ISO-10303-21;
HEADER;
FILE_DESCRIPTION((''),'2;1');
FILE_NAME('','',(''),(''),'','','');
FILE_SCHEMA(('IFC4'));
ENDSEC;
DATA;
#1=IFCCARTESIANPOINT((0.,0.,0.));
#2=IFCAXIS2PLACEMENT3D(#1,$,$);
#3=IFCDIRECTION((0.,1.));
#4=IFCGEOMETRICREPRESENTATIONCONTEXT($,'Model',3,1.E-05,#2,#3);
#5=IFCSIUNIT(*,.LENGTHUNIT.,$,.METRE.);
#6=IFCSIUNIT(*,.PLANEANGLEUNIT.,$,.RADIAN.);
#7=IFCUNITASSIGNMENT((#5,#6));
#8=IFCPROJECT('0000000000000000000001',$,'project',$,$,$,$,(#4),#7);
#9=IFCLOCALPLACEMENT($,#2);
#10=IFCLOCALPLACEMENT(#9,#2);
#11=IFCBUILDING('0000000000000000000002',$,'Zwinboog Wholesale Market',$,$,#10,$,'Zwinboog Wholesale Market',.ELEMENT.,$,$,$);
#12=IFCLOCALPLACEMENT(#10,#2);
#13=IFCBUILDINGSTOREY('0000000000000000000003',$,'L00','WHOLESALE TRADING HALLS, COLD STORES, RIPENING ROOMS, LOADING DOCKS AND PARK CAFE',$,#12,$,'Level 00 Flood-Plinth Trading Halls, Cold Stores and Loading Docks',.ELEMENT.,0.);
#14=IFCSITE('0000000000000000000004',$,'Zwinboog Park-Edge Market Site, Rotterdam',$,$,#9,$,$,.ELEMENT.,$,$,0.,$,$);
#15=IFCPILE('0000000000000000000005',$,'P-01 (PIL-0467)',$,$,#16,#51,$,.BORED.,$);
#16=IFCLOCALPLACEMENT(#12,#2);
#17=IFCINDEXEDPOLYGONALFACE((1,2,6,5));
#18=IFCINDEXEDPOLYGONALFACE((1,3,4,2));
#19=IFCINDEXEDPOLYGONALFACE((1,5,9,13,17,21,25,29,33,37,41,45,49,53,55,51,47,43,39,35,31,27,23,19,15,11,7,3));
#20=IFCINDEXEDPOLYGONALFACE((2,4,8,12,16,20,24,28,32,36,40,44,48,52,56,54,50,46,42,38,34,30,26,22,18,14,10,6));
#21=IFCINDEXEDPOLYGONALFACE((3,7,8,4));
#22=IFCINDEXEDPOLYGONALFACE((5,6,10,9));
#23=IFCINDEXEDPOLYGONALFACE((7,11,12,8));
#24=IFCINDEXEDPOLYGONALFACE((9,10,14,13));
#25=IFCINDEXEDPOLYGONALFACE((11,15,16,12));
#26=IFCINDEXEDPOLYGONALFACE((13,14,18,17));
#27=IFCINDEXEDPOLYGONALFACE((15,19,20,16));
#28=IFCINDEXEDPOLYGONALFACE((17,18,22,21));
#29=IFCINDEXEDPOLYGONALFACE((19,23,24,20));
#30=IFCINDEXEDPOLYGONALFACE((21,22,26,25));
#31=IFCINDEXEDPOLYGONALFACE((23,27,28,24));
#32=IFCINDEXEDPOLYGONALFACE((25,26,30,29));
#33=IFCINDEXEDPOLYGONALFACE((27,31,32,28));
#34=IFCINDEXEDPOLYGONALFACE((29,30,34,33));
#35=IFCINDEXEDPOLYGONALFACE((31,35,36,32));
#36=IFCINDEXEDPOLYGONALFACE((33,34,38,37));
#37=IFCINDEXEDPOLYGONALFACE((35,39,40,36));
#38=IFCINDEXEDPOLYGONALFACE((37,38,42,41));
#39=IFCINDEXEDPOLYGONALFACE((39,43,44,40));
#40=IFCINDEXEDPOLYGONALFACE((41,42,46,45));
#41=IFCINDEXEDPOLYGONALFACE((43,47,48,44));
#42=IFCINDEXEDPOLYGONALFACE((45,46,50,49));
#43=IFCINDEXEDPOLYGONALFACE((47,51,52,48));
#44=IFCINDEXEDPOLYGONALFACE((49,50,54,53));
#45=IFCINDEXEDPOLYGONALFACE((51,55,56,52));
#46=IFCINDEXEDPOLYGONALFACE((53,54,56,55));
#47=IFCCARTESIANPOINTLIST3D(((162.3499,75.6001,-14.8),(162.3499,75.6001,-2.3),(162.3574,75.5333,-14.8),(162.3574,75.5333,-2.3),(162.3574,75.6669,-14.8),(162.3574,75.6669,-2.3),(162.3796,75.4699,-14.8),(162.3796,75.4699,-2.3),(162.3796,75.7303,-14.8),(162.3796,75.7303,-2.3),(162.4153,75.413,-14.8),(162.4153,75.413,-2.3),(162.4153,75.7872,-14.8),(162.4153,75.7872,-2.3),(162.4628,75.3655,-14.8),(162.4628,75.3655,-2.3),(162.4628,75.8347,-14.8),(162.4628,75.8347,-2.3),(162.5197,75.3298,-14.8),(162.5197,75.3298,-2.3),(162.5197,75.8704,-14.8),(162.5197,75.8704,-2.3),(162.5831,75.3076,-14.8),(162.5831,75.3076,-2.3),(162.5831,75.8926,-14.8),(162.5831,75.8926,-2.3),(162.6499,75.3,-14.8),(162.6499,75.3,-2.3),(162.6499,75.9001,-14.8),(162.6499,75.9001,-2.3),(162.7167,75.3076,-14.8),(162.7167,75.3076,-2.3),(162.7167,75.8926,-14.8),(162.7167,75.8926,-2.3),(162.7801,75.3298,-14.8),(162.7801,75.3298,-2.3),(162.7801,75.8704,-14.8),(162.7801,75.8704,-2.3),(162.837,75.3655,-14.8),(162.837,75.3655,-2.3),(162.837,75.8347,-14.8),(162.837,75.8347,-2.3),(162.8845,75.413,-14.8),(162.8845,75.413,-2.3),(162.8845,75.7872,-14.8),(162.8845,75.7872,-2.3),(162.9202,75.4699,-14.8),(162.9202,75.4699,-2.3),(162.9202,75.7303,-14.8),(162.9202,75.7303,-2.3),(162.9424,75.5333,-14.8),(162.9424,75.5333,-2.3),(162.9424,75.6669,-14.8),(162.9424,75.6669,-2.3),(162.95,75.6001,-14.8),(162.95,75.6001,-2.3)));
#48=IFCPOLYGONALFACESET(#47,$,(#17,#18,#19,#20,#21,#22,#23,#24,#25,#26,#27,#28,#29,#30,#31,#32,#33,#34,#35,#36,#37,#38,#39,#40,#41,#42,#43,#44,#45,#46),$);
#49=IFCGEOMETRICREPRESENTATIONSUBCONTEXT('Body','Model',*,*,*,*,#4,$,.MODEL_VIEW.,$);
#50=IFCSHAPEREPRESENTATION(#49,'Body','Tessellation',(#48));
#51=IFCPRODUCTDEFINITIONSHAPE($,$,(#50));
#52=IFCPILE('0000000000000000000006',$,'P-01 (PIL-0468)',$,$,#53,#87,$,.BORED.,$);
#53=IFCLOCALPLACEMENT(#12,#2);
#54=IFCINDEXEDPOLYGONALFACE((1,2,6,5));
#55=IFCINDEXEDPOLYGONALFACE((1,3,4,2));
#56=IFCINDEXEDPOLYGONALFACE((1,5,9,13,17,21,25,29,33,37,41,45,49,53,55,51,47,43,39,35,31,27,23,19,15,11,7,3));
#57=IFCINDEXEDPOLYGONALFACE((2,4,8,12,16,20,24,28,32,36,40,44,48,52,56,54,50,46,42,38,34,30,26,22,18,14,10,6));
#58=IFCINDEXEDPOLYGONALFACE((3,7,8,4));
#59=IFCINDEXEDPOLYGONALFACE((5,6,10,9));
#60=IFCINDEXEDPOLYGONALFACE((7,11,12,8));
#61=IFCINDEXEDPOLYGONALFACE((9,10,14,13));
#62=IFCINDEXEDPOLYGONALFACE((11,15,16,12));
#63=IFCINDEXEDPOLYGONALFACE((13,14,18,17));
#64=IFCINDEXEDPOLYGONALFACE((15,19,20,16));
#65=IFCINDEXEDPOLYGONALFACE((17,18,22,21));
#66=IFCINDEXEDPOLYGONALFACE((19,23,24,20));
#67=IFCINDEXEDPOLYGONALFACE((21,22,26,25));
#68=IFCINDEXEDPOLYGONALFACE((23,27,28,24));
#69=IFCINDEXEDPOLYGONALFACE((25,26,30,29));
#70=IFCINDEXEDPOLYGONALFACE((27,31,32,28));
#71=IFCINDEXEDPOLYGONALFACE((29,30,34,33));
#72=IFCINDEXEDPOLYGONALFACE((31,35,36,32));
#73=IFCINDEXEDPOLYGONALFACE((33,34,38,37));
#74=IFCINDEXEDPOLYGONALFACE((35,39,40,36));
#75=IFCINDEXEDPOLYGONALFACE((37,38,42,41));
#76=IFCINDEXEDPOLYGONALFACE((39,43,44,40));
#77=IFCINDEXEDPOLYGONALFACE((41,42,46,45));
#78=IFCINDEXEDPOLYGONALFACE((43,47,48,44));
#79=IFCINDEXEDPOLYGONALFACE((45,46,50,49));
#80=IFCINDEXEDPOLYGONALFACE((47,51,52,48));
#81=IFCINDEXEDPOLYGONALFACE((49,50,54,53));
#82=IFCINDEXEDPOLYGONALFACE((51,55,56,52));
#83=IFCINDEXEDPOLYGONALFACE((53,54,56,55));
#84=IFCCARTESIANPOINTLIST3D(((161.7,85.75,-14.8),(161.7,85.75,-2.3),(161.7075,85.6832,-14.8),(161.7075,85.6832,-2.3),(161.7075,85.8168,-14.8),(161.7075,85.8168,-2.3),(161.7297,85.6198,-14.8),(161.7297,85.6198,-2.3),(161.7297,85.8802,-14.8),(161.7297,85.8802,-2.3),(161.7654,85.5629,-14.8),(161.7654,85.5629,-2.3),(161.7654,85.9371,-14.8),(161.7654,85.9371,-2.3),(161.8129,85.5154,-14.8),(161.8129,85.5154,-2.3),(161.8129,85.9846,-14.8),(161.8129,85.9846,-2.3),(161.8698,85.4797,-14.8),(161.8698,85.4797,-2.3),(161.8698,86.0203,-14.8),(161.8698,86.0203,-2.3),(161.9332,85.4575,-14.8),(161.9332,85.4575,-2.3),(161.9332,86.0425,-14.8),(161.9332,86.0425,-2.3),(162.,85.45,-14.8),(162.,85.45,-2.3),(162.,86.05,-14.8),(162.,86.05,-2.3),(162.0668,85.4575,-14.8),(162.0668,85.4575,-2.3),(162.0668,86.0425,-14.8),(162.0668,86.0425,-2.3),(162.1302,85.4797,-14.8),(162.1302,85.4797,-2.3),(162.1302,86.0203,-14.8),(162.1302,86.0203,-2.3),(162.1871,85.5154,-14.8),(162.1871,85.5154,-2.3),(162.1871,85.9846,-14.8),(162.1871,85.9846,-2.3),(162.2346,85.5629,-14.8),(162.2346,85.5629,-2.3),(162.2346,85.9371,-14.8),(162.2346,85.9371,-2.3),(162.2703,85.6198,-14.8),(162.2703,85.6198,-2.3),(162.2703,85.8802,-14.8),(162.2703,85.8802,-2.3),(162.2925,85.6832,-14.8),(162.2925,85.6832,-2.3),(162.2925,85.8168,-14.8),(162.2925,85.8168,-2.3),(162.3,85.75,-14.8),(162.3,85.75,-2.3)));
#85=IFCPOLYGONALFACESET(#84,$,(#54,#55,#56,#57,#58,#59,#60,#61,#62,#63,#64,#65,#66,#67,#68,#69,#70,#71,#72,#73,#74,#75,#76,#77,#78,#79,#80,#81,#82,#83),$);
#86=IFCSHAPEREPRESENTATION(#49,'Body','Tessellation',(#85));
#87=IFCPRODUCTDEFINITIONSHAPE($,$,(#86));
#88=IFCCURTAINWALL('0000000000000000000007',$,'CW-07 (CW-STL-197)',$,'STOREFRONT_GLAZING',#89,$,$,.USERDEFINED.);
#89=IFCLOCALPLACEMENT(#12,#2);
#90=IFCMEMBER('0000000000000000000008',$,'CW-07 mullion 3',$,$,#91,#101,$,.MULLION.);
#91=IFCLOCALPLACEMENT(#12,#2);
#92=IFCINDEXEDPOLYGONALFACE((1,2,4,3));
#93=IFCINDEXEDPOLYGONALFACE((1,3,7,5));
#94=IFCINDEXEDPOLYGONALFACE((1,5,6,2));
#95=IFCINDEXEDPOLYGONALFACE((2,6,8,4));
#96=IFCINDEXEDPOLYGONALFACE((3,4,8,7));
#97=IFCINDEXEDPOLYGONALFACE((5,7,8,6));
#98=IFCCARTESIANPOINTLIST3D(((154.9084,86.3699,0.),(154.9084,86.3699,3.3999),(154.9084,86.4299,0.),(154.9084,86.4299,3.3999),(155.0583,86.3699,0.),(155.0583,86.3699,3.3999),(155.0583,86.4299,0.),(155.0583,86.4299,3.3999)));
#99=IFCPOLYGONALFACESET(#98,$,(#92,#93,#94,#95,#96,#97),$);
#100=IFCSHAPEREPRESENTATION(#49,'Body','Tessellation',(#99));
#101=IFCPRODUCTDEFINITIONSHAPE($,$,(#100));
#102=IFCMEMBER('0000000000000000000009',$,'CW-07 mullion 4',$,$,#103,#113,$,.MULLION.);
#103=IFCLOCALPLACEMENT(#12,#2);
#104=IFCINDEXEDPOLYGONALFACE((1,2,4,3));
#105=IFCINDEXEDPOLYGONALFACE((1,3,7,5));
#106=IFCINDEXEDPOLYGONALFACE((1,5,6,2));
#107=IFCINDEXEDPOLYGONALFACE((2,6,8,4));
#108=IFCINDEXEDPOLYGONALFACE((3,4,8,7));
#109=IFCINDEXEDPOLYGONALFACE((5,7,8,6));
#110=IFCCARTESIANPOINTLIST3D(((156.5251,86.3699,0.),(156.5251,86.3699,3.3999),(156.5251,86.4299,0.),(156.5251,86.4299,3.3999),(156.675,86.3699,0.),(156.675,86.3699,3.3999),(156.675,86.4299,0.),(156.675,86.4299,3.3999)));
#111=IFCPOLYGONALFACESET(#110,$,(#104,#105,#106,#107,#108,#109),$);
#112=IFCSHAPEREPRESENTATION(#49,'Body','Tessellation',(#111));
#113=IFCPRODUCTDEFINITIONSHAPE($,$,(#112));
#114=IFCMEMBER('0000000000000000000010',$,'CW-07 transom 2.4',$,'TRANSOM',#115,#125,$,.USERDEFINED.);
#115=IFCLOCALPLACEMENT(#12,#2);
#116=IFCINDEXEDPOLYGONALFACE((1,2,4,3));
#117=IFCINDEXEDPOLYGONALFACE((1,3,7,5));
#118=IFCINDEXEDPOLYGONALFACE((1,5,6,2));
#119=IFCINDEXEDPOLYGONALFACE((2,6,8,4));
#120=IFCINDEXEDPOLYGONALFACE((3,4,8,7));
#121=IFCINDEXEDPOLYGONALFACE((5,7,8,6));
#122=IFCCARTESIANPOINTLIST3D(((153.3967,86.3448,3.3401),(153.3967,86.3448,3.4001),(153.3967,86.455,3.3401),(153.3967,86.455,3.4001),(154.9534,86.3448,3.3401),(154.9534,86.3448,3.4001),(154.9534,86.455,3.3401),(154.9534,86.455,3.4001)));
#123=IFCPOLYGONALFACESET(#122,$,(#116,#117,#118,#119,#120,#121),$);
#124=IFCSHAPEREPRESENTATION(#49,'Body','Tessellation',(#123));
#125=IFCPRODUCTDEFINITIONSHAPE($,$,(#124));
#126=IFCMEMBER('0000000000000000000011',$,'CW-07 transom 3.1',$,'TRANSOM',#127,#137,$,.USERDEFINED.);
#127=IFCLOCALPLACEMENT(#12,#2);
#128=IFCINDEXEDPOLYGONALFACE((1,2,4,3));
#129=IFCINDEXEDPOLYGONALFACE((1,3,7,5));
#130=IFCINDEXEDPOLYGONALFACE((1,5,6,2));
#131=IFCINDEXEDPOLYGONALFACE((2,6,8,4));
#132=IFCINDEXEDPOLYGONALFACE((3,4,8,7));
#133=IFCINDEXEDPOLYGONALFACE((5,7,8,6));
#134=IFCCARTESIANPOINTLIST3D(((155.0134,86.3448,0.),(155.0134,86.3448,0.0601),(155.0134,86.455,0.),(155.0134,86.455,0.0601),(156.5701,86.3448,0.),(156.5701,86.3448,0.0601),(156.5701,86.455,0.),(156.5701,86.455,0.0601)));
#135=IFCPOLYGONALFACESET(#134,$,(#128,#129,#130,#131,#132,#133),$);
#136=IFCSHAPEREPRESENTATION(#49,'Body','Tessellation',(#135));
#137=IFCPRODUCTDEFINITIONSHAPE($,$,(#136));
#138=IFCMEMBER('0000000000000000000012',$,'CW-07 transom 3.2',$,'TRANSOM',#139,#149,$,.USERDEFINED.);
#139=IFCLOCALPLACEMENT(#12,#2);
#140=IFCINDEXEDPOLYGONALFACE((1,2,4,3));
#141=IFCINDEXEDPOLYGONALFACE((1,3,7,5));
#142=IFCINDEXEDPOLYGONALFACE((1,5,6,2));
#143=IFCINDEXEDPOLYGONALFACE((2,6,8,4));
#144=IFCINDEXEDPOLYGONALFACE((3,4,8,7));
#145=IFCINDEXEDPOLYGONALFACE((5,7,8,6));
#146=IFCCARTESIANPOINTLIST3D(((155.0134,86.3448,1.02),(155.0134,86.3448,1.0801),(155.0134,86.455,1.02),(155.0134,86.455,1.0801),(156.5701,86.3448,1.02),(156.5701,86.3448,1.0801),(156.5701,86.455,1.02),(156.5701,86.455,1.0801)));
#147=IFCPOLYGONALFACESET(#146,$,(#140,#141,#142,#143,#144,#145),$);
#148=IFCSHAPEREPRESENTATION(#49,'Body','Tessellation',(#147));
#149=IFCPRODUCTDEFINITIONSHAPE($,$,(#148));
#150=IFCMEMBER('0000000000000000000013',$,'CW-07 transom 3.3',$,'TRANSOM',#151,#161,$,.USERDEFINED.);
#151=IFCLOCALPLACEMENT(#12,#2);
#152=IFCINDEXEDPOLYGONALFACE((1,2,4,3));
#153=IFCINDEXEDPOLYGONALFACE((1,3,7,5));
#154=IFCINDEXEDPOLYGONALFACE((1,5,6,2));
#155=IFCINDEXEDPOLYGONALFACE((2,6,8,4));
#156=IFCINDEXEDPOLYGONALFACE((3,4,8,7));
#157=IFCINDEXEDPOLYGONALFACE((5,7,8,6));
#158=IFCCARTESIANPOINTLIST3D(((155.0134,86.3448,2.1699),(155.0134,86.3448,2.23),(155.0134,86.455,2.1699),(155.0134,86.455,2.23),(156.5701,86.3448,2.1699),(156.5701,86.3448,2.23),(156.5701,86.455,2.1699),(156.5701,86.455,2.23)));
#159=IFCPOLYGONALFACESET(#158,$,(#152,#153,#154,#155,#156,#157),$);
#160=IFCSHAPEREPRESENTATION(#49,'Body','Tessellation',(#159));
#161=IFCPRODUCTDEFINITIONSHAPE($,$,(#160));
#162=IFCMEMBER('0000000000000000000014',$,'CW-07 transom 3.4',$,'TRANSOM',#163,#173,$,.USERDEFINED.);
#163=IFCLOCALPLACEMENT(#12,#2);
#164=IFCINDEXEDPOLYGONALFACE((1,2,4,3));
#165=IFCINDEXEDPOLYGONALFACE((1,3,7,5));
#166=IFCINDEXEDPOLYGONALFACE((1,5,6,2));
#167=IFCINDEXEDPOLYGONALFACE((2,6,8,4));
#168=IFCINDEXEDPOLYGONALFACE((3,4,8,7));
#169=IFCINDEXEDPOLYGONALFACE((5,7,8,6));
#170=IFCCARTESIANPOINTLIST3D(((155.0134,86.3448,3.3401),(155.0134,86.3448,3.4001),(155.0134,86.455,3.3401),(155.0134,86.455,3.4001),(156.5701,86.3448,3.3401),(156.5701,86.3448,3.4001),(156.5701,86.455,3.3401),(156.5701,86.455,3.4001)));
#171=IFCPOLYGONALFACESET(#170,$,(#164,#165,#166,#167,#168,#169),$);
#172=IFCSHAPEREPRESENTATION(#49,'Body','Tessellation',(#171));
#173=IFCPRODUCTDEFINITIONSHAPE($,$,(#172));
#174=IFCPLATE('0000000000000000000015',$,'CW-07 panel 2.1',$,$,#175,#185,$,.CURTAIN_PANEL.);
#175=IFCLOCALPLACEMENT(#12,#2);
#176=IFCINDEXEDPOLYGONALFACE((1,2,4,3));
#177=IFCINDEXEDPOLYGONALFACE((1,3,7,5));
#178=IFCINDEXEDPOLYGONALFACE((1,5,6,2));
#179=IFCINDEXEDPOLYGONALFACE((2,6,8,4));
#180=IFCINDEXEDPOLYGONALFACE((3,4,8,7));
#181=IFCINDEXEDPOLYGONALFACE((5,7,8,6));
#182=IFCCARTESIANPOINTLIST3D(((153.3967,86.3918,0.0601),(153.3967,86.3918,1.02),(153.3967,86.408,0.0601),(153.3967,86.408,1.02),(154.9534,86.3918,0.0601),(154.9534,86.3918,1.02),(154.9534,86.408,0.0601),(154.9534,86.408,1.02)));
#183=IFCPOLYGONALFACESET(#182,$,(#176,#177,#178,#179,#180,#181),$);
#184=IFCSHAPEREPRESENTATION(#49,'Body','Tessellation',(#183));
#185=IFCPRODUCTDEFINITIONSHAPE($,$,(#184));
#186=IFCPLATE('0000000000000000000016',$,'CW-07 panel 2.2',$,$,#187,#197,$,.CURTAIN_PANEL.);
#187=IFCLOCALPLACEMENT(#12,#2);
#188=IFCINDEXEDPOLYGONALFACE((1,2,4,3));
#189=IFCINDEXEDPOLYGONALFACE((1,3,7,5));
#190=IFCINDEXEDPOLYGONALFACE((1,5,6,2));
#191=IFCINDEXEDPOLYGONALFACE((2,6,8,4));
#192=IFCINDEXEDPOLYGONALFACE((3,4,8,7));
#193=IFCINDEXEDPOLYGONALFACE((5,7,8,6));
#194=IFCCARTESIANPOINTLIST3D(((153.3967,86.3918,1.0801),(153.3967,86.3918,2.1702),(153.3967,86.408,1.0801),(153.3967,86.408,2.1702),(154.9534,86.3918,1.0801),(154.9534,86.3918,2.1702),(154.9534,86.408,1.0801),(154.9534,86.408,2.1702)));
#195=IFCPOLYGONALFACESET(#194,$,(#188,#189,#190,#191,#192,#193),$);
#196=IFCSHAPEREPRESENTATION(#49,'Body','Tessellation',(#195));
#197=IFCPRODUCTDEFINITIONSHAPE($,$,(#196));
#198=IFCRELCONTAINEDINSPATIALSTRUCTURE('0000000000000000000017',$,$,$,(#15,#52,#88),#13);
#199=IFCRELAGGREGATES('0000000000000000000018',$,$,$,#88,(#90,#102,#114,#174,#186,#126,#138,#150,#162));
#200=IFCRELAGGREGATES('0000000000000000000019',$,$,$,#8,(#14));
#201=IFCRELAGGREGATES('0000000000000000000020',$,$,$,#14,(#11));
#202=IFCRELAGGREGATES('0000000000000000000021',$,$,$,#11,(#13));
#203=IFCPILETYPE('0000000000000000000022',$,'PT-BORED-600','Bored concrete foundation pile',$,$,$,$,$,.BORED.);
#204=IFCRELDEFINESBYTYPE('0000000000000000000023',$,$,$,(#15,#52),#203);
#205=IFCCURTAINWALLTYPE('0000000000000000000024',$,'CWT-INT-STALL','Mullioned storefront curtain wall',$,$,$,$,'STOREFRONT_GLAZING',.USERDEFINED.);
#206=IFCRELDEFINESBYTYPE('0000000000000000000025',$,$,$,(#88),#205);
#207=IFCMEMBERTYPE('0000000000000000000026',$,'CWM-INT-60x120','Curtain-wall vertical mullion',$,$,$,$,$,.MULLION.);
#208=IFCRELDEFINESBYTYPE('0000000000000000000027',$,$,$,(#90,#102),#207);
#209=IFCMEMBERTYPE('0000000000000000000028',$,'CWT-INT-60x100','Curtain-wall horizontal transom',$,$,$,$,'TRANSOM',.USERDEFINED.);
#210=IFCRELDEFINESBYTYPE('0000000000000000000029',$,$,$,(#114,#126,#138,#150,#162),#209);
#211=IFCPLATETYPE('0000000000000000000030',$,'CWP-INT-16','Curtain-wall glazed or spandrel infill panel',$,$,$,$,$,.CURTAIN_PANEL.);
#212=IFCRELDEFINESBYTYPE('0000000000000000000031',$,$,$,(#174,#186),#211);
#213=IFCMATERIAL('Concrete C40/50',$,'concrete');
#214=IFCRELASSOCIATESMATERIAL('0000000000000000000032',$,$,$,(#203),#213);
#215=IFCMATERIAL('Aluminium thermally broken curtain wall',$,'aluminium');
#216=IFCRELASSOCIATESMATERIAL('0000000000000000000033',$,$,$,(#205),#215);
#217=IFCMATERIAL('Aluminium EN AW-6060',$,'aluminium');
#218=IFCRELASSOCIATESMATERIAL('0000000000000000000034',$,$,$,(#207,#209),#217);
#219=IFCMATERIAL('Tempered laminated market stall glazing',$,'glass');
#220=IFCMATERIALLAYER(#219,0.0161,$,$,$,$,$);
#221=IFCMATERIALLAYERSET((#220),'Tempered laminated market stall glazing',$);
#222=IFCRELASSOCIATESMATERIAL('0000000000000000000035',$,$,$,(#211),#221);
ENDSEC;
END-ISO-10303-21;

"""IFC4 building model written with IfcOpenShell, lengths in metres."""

from ifc_helpers import new_model, si_unit, direction, frame, origin, origin_2d, place, context, subcontext, project, spatial, rectangle, circle, extrude, material, layer, layer_set, material_profile, profile_set, type_object, element, aggregate, save


model = new_model("IFC4")

# Units and contexts
model_context = context("Model", 3, precision=1e-05, world=origin(), true_north=direction((0.0, 1.0)))
body_context = subcontext(model_context, "Body", "Model", "MODEL_VIEW")
ifc_project = project(units=[si_unit("LENGTHUNIT", "METRE"), si_unit("PLANEANGLEUNIT", "RADIAN")], contexts=[model_context])

# Site, building, storey
site_placement = place(None, origin())
site = spatial("IfcSite", under=ifc_project, at=site_placement, Name="Zwinboog Park-Edge Market Site, Rotterdam", CompositionType="ELEMENT", RefElevation=0.0)
building_placement = place(site_placement, origin())
building = spatial("IfcBuilding", under=site, at=building_placement, Name="Zwinboog Wholesale Market", LongName="Zwinboog Wholesale Market", CompositionType="ELEMENT")
storey_placement = place(building_placement, origin())
storey = spatial("IfcBuildingStorey", under=building, at=storey_placement, Name="L00", Description="WHOLESALE TRADING HALLS, COLD STORES, RIPENING ROOMS, LOADING DOCKS AND PARK CAFE", LongName="Level 00 Flood-Plinth Trading Halls, Cold Stores and Loading Docks", CompositionType="ELEMENT", Elevation=0.0)

# Piles
ifc_material_1 = material(Name="Concrete C40/50", Category="concrete")
ifc_material_profile_1 = material_profile(ifc_material_1, circle(Radius=0.3, at=origin_2d()), Name="PILE D600")
ifc_profile_set_1 = profile_set([ifc_material_profile_1], Name="Concrete C40/50")
pile_type = type_object("IfcPileType", Name="PT-BORED-600", Description="Bored concrete foundation pile", PredefinedType="BORED", material=ifc_profile_set_1)
for number, where, z_axis, x_axis, name in (
    (1, (162.6499, 75.6001, -2.3), (0.0, 0.0, -1.0), (1.0, 0.0, 0.0), "P-01 (PIL-0467)"),
    (2, (162.0, 85.75, -2.3), (0.0, 0.0, -1.0), (1.0, 0.0, 0.0), "P-01 (PIL-0468)"),
):
    element("IfcPile", number, at=place(storey_placement, frame(where, z_axis=z_axis, x_axis=x_axis)), inside=storey, type_object=pile_type, Name=name, PredefinedType="BORED", context=body_context, shape_type="SweptSolid", body=[
        extrude(circle(Radius=0.3, at=origin_2d()), origin(), (0.0, 0.0, 1.0), 12.5),
    ])

# Curtain wall, members, plates
ifc_material_2 = material(Name="Aluminium thermally broken curtain wall", Category="aluminium")
curtain_wall_type = type_object("IfcCurtainWallType", Name="CWT-INT-STALL", Description="Mullioned storefront curtain wall", ElementType="STOREFRONT_GLAZING", PredefinedType="USERDEFINED", material=ifc_material_2)
curtain_wall_placement = place(storey_placement, origin())
curtain_wall = element("IfcCurtainWall", 3, at=curtain_wall_placement, inside=storey, type_object=curtain_wall_type, Name="CW-07 (CW-STL-197)", ObjectType="STOREFRONT_GLAZING", PredefinedType="USERDEFINED")
ifc_material_3 = material(Name="Aluminium EN AW-6060", Category="aluminium")
ifc_material_profile_2 = material_profile(ifc_material_3, rectangle(XDim=0.0601, YDim=0.1499, at=origin_2d()), Name="AL 60x150")
ifc_profile_set_2 = profile_set([ifc_material_profile_2], Name="Aluminium EN AW-6060")
member_type_1 = type_object("IfcMemberType", Name="CWM-INT-60x120", Description="Curtain-wall vertical mullion", PredefinedType="MULLION", material=ifc_profile_set_2)
member_1_placement = place(storey_placement, frame((154.9834, 86.3999, 0.0), z_axis=(0.0, 0.0, 1.0), x_axis=(0.0, 1.0, 0.0)))
member_1 = element("IfcMember", 4, at=member_1_placement, type_object=member_type_1, Name="CW-07 mullion 3", PredefinedType="MULLION", context=body_context, shape_type="SweptSolid", body=[
    extrude(rectangle(XDim=0.0601, YDim=0.1499, at=origin_2d()), origin(), (0.0, 0.0, 1.0), 3.3999),
])
member_2_placement = place(storey_placement, frame((156.6001, 86.3999, 0.0), z_axis=(0.0, 0.0, 1.0), x_axis=(0.0, 1.0, 0.0)))
member_2 = element("IfcMember", 5, at=member_2_placement, type_object=member_type_1, Name="CW-07 mullion 4", PredefinedType="MULLION", context=body_context, shape_type="SweptSolid", body=[
    extrude(rectangle(XDim=0.0601, YDim=0.1499, at=origin_2d()), origin(), (0.0, 0.0, 1.0), 3.3999),
])
ifc_material_profile_3 = material_profile(ifc_material_3, rectangle(XDim=0.1101, YDim=0.0601, at=origin_2d()), Name="AL 60x110")
ifc_profile_set_3 = profile_set([ifc_material_profile_3], Name="Aluminium EN AW-6060")
member_type_2 = type_object("IfcMemberType", Name="CWT-INT-60x100", Description="Curtain-wall horizontal transom", ElementType="TRANSOM", PredefinedType="USERDEFINED", material=ifc_profile_set_3)
member_3_placement = place(storey_placement, frame((153.3967, 86.3999, 3.3701), z_axis=(1.0, 0.0, 0.0), x_axis=(0.0, 1.0, 0.0)))
member_3 = element("IfcMember", 6, at=member_3_placement, type_object=member_type_2, Name="CW-07 transom 2.4", ObjectType="TRANSOM", PredefinedType="USERDEFINED", context=body_context, shape_type="SweptSolid", body=[
    extrude(rectangle(XDim=0.1101, YDim=0.0601, at=origin_2d()), origin(), (0.0, 0.0, 1.0), 1.5566),
])
member_4_placement = place(storey_placement, frame((155.0134, 86.3999, 0.03), z_axis=(1.0, 0.0, 0.0), x_axis=(0.0, 1.0, 0.0)))
member_4 = element("IfcMember", 7, at=member_4_placement, type_object=member_type_2, Name="CW-07 transom 3.1", ObjectType="TRANSOM", PredefinedType="USERDEFINED", context=body_context, shape_type="SweptSolid", body=[
    extrude(rectangle(XDim=0.1101, YDim=0.0601, at=origin_2d()), origin(), (0.0, 0.0, 1.0), 1.5566),
])
member_5_placement = place(storey_placement, frame((155.0134, 86.3999, 1.05), z_axis=(1.0, 0.0, 0.0), x_axis=(0.0, 1.0, 0.0)))
member_5 = element("IfcMember", 8, at=member_5_placement, type_object=member_type_2, Name="CW-07 transom 3.2", ObjectType="TRANSOM", PredefinedType="USERDEFINED", context=body_context, shape_type="SweptSolid", body=[
    extrude(rectangle(XDim=0.1101, YDim=0.0601, at=origin_2d()), origin(), (0.0, 0.0, 1.0), 1.5566),
])
member_6_placement = place(storey_placement, frame((155.0134, 86.3999, 2.2), z_axis=(1.0, 0.0, 0.0), x_axis=(0.0, 1.0, 0.0)))
member_6 = element("IfcMember", 9, at=member_6_placement, type_object=member_type_2, Name="CW-07 transom 3.3", ObjectType="TRANSOM", PredefinedType="USERDEFINED", context=body_context, shape_type="SweptSolid", body=[
    extrude(rectangle(XDim=0.1101, YDim=0.0601, at=origin_2d()), origin(), (0.0, 0.0, 1.0), 1.5566),
])
member_7_placement = place(storey_placement, frame((155.0134, 86.3999, 3.3701), z_axis=(1.0, 0.0, 0.0), x_axis=(0.0, 1.0, 0.0)))
member_7 = element("IfcMember", 10, at=member_7_placement, type_object=member_type_2, Name="CW-07 transom 3.4", ObjectType="TRANSOM", PredefinedType="USERDEFINED", context=body_context, shape_type="SweptSolid", body=[
    extrude(rectangle(XDim=0.1101, YDim=0.0601, at=origin_2d()), origin(), (0.0, 0.0, 1.0), 1.5566),
])
ifc_material_4 = material(Name="Tempered laminated market stall glazing", Category="glass")
ifc_layer_1 = layer(ifc_material_4, 0.0161)
ifc_layer_set_1 = layer_set([ifc_layer_1], Name="Tempered laminated market stall glazing")
plate_type = type_object("IfcPlateType", Name="CWP-INT-16", Description="Curtain-wall glazed or spandrel infill panel", PredefinedType="CURTAIN_PANEL", material=ifc_layer_set_1)
plate_1_placement = place(storey_placement, frame((154.175, 86.3999, 0.0601), z_axis=(0.0, 0.0, 1.0), x_axis=(1.0, 0.0, 0.0)))
plate_1 = element("IfcPlate", 11, at=plate_1_placement, type_object=plate_type, Name="CW-07 panel 2.1", PredefinedType="CURTAIN_PANEL", context=body_context, shape_type="SweptSolid", body=[
    extrude(rectangle(XDim=1.5566, YDim=0.0161, at=origin_2d()), origin(), (0.0, 0.0, 1.0), 0.96),
])
plate_2_placement = place(storey_placement, frame((154.175, 86.3999, 1.0801), z_axis=(0.0, 0.0, 1.0), x_axis=(1.0, 0.0, 0.0)))
plate_2 = element("IfcPlate", 12, at=plate_2_placement, type_object=plate_type, Name="CW-07 panel 2.2", PredefinedType="CURTAIN_PANEL", context=body_context, shape_type="SweptSolid", body=[
    extrude(rectangle(XDim=1.5566, YDim=0.0161, at=origin_2d()), origin(), (0.0, 0.0, 1.0), 1.0901),
])
aggregate(curtain_wall, [member_1, member_2, member_3, plate_1, plate_2, member_4, member_5, member_6, member_7])

save(model, "model.ifc")
